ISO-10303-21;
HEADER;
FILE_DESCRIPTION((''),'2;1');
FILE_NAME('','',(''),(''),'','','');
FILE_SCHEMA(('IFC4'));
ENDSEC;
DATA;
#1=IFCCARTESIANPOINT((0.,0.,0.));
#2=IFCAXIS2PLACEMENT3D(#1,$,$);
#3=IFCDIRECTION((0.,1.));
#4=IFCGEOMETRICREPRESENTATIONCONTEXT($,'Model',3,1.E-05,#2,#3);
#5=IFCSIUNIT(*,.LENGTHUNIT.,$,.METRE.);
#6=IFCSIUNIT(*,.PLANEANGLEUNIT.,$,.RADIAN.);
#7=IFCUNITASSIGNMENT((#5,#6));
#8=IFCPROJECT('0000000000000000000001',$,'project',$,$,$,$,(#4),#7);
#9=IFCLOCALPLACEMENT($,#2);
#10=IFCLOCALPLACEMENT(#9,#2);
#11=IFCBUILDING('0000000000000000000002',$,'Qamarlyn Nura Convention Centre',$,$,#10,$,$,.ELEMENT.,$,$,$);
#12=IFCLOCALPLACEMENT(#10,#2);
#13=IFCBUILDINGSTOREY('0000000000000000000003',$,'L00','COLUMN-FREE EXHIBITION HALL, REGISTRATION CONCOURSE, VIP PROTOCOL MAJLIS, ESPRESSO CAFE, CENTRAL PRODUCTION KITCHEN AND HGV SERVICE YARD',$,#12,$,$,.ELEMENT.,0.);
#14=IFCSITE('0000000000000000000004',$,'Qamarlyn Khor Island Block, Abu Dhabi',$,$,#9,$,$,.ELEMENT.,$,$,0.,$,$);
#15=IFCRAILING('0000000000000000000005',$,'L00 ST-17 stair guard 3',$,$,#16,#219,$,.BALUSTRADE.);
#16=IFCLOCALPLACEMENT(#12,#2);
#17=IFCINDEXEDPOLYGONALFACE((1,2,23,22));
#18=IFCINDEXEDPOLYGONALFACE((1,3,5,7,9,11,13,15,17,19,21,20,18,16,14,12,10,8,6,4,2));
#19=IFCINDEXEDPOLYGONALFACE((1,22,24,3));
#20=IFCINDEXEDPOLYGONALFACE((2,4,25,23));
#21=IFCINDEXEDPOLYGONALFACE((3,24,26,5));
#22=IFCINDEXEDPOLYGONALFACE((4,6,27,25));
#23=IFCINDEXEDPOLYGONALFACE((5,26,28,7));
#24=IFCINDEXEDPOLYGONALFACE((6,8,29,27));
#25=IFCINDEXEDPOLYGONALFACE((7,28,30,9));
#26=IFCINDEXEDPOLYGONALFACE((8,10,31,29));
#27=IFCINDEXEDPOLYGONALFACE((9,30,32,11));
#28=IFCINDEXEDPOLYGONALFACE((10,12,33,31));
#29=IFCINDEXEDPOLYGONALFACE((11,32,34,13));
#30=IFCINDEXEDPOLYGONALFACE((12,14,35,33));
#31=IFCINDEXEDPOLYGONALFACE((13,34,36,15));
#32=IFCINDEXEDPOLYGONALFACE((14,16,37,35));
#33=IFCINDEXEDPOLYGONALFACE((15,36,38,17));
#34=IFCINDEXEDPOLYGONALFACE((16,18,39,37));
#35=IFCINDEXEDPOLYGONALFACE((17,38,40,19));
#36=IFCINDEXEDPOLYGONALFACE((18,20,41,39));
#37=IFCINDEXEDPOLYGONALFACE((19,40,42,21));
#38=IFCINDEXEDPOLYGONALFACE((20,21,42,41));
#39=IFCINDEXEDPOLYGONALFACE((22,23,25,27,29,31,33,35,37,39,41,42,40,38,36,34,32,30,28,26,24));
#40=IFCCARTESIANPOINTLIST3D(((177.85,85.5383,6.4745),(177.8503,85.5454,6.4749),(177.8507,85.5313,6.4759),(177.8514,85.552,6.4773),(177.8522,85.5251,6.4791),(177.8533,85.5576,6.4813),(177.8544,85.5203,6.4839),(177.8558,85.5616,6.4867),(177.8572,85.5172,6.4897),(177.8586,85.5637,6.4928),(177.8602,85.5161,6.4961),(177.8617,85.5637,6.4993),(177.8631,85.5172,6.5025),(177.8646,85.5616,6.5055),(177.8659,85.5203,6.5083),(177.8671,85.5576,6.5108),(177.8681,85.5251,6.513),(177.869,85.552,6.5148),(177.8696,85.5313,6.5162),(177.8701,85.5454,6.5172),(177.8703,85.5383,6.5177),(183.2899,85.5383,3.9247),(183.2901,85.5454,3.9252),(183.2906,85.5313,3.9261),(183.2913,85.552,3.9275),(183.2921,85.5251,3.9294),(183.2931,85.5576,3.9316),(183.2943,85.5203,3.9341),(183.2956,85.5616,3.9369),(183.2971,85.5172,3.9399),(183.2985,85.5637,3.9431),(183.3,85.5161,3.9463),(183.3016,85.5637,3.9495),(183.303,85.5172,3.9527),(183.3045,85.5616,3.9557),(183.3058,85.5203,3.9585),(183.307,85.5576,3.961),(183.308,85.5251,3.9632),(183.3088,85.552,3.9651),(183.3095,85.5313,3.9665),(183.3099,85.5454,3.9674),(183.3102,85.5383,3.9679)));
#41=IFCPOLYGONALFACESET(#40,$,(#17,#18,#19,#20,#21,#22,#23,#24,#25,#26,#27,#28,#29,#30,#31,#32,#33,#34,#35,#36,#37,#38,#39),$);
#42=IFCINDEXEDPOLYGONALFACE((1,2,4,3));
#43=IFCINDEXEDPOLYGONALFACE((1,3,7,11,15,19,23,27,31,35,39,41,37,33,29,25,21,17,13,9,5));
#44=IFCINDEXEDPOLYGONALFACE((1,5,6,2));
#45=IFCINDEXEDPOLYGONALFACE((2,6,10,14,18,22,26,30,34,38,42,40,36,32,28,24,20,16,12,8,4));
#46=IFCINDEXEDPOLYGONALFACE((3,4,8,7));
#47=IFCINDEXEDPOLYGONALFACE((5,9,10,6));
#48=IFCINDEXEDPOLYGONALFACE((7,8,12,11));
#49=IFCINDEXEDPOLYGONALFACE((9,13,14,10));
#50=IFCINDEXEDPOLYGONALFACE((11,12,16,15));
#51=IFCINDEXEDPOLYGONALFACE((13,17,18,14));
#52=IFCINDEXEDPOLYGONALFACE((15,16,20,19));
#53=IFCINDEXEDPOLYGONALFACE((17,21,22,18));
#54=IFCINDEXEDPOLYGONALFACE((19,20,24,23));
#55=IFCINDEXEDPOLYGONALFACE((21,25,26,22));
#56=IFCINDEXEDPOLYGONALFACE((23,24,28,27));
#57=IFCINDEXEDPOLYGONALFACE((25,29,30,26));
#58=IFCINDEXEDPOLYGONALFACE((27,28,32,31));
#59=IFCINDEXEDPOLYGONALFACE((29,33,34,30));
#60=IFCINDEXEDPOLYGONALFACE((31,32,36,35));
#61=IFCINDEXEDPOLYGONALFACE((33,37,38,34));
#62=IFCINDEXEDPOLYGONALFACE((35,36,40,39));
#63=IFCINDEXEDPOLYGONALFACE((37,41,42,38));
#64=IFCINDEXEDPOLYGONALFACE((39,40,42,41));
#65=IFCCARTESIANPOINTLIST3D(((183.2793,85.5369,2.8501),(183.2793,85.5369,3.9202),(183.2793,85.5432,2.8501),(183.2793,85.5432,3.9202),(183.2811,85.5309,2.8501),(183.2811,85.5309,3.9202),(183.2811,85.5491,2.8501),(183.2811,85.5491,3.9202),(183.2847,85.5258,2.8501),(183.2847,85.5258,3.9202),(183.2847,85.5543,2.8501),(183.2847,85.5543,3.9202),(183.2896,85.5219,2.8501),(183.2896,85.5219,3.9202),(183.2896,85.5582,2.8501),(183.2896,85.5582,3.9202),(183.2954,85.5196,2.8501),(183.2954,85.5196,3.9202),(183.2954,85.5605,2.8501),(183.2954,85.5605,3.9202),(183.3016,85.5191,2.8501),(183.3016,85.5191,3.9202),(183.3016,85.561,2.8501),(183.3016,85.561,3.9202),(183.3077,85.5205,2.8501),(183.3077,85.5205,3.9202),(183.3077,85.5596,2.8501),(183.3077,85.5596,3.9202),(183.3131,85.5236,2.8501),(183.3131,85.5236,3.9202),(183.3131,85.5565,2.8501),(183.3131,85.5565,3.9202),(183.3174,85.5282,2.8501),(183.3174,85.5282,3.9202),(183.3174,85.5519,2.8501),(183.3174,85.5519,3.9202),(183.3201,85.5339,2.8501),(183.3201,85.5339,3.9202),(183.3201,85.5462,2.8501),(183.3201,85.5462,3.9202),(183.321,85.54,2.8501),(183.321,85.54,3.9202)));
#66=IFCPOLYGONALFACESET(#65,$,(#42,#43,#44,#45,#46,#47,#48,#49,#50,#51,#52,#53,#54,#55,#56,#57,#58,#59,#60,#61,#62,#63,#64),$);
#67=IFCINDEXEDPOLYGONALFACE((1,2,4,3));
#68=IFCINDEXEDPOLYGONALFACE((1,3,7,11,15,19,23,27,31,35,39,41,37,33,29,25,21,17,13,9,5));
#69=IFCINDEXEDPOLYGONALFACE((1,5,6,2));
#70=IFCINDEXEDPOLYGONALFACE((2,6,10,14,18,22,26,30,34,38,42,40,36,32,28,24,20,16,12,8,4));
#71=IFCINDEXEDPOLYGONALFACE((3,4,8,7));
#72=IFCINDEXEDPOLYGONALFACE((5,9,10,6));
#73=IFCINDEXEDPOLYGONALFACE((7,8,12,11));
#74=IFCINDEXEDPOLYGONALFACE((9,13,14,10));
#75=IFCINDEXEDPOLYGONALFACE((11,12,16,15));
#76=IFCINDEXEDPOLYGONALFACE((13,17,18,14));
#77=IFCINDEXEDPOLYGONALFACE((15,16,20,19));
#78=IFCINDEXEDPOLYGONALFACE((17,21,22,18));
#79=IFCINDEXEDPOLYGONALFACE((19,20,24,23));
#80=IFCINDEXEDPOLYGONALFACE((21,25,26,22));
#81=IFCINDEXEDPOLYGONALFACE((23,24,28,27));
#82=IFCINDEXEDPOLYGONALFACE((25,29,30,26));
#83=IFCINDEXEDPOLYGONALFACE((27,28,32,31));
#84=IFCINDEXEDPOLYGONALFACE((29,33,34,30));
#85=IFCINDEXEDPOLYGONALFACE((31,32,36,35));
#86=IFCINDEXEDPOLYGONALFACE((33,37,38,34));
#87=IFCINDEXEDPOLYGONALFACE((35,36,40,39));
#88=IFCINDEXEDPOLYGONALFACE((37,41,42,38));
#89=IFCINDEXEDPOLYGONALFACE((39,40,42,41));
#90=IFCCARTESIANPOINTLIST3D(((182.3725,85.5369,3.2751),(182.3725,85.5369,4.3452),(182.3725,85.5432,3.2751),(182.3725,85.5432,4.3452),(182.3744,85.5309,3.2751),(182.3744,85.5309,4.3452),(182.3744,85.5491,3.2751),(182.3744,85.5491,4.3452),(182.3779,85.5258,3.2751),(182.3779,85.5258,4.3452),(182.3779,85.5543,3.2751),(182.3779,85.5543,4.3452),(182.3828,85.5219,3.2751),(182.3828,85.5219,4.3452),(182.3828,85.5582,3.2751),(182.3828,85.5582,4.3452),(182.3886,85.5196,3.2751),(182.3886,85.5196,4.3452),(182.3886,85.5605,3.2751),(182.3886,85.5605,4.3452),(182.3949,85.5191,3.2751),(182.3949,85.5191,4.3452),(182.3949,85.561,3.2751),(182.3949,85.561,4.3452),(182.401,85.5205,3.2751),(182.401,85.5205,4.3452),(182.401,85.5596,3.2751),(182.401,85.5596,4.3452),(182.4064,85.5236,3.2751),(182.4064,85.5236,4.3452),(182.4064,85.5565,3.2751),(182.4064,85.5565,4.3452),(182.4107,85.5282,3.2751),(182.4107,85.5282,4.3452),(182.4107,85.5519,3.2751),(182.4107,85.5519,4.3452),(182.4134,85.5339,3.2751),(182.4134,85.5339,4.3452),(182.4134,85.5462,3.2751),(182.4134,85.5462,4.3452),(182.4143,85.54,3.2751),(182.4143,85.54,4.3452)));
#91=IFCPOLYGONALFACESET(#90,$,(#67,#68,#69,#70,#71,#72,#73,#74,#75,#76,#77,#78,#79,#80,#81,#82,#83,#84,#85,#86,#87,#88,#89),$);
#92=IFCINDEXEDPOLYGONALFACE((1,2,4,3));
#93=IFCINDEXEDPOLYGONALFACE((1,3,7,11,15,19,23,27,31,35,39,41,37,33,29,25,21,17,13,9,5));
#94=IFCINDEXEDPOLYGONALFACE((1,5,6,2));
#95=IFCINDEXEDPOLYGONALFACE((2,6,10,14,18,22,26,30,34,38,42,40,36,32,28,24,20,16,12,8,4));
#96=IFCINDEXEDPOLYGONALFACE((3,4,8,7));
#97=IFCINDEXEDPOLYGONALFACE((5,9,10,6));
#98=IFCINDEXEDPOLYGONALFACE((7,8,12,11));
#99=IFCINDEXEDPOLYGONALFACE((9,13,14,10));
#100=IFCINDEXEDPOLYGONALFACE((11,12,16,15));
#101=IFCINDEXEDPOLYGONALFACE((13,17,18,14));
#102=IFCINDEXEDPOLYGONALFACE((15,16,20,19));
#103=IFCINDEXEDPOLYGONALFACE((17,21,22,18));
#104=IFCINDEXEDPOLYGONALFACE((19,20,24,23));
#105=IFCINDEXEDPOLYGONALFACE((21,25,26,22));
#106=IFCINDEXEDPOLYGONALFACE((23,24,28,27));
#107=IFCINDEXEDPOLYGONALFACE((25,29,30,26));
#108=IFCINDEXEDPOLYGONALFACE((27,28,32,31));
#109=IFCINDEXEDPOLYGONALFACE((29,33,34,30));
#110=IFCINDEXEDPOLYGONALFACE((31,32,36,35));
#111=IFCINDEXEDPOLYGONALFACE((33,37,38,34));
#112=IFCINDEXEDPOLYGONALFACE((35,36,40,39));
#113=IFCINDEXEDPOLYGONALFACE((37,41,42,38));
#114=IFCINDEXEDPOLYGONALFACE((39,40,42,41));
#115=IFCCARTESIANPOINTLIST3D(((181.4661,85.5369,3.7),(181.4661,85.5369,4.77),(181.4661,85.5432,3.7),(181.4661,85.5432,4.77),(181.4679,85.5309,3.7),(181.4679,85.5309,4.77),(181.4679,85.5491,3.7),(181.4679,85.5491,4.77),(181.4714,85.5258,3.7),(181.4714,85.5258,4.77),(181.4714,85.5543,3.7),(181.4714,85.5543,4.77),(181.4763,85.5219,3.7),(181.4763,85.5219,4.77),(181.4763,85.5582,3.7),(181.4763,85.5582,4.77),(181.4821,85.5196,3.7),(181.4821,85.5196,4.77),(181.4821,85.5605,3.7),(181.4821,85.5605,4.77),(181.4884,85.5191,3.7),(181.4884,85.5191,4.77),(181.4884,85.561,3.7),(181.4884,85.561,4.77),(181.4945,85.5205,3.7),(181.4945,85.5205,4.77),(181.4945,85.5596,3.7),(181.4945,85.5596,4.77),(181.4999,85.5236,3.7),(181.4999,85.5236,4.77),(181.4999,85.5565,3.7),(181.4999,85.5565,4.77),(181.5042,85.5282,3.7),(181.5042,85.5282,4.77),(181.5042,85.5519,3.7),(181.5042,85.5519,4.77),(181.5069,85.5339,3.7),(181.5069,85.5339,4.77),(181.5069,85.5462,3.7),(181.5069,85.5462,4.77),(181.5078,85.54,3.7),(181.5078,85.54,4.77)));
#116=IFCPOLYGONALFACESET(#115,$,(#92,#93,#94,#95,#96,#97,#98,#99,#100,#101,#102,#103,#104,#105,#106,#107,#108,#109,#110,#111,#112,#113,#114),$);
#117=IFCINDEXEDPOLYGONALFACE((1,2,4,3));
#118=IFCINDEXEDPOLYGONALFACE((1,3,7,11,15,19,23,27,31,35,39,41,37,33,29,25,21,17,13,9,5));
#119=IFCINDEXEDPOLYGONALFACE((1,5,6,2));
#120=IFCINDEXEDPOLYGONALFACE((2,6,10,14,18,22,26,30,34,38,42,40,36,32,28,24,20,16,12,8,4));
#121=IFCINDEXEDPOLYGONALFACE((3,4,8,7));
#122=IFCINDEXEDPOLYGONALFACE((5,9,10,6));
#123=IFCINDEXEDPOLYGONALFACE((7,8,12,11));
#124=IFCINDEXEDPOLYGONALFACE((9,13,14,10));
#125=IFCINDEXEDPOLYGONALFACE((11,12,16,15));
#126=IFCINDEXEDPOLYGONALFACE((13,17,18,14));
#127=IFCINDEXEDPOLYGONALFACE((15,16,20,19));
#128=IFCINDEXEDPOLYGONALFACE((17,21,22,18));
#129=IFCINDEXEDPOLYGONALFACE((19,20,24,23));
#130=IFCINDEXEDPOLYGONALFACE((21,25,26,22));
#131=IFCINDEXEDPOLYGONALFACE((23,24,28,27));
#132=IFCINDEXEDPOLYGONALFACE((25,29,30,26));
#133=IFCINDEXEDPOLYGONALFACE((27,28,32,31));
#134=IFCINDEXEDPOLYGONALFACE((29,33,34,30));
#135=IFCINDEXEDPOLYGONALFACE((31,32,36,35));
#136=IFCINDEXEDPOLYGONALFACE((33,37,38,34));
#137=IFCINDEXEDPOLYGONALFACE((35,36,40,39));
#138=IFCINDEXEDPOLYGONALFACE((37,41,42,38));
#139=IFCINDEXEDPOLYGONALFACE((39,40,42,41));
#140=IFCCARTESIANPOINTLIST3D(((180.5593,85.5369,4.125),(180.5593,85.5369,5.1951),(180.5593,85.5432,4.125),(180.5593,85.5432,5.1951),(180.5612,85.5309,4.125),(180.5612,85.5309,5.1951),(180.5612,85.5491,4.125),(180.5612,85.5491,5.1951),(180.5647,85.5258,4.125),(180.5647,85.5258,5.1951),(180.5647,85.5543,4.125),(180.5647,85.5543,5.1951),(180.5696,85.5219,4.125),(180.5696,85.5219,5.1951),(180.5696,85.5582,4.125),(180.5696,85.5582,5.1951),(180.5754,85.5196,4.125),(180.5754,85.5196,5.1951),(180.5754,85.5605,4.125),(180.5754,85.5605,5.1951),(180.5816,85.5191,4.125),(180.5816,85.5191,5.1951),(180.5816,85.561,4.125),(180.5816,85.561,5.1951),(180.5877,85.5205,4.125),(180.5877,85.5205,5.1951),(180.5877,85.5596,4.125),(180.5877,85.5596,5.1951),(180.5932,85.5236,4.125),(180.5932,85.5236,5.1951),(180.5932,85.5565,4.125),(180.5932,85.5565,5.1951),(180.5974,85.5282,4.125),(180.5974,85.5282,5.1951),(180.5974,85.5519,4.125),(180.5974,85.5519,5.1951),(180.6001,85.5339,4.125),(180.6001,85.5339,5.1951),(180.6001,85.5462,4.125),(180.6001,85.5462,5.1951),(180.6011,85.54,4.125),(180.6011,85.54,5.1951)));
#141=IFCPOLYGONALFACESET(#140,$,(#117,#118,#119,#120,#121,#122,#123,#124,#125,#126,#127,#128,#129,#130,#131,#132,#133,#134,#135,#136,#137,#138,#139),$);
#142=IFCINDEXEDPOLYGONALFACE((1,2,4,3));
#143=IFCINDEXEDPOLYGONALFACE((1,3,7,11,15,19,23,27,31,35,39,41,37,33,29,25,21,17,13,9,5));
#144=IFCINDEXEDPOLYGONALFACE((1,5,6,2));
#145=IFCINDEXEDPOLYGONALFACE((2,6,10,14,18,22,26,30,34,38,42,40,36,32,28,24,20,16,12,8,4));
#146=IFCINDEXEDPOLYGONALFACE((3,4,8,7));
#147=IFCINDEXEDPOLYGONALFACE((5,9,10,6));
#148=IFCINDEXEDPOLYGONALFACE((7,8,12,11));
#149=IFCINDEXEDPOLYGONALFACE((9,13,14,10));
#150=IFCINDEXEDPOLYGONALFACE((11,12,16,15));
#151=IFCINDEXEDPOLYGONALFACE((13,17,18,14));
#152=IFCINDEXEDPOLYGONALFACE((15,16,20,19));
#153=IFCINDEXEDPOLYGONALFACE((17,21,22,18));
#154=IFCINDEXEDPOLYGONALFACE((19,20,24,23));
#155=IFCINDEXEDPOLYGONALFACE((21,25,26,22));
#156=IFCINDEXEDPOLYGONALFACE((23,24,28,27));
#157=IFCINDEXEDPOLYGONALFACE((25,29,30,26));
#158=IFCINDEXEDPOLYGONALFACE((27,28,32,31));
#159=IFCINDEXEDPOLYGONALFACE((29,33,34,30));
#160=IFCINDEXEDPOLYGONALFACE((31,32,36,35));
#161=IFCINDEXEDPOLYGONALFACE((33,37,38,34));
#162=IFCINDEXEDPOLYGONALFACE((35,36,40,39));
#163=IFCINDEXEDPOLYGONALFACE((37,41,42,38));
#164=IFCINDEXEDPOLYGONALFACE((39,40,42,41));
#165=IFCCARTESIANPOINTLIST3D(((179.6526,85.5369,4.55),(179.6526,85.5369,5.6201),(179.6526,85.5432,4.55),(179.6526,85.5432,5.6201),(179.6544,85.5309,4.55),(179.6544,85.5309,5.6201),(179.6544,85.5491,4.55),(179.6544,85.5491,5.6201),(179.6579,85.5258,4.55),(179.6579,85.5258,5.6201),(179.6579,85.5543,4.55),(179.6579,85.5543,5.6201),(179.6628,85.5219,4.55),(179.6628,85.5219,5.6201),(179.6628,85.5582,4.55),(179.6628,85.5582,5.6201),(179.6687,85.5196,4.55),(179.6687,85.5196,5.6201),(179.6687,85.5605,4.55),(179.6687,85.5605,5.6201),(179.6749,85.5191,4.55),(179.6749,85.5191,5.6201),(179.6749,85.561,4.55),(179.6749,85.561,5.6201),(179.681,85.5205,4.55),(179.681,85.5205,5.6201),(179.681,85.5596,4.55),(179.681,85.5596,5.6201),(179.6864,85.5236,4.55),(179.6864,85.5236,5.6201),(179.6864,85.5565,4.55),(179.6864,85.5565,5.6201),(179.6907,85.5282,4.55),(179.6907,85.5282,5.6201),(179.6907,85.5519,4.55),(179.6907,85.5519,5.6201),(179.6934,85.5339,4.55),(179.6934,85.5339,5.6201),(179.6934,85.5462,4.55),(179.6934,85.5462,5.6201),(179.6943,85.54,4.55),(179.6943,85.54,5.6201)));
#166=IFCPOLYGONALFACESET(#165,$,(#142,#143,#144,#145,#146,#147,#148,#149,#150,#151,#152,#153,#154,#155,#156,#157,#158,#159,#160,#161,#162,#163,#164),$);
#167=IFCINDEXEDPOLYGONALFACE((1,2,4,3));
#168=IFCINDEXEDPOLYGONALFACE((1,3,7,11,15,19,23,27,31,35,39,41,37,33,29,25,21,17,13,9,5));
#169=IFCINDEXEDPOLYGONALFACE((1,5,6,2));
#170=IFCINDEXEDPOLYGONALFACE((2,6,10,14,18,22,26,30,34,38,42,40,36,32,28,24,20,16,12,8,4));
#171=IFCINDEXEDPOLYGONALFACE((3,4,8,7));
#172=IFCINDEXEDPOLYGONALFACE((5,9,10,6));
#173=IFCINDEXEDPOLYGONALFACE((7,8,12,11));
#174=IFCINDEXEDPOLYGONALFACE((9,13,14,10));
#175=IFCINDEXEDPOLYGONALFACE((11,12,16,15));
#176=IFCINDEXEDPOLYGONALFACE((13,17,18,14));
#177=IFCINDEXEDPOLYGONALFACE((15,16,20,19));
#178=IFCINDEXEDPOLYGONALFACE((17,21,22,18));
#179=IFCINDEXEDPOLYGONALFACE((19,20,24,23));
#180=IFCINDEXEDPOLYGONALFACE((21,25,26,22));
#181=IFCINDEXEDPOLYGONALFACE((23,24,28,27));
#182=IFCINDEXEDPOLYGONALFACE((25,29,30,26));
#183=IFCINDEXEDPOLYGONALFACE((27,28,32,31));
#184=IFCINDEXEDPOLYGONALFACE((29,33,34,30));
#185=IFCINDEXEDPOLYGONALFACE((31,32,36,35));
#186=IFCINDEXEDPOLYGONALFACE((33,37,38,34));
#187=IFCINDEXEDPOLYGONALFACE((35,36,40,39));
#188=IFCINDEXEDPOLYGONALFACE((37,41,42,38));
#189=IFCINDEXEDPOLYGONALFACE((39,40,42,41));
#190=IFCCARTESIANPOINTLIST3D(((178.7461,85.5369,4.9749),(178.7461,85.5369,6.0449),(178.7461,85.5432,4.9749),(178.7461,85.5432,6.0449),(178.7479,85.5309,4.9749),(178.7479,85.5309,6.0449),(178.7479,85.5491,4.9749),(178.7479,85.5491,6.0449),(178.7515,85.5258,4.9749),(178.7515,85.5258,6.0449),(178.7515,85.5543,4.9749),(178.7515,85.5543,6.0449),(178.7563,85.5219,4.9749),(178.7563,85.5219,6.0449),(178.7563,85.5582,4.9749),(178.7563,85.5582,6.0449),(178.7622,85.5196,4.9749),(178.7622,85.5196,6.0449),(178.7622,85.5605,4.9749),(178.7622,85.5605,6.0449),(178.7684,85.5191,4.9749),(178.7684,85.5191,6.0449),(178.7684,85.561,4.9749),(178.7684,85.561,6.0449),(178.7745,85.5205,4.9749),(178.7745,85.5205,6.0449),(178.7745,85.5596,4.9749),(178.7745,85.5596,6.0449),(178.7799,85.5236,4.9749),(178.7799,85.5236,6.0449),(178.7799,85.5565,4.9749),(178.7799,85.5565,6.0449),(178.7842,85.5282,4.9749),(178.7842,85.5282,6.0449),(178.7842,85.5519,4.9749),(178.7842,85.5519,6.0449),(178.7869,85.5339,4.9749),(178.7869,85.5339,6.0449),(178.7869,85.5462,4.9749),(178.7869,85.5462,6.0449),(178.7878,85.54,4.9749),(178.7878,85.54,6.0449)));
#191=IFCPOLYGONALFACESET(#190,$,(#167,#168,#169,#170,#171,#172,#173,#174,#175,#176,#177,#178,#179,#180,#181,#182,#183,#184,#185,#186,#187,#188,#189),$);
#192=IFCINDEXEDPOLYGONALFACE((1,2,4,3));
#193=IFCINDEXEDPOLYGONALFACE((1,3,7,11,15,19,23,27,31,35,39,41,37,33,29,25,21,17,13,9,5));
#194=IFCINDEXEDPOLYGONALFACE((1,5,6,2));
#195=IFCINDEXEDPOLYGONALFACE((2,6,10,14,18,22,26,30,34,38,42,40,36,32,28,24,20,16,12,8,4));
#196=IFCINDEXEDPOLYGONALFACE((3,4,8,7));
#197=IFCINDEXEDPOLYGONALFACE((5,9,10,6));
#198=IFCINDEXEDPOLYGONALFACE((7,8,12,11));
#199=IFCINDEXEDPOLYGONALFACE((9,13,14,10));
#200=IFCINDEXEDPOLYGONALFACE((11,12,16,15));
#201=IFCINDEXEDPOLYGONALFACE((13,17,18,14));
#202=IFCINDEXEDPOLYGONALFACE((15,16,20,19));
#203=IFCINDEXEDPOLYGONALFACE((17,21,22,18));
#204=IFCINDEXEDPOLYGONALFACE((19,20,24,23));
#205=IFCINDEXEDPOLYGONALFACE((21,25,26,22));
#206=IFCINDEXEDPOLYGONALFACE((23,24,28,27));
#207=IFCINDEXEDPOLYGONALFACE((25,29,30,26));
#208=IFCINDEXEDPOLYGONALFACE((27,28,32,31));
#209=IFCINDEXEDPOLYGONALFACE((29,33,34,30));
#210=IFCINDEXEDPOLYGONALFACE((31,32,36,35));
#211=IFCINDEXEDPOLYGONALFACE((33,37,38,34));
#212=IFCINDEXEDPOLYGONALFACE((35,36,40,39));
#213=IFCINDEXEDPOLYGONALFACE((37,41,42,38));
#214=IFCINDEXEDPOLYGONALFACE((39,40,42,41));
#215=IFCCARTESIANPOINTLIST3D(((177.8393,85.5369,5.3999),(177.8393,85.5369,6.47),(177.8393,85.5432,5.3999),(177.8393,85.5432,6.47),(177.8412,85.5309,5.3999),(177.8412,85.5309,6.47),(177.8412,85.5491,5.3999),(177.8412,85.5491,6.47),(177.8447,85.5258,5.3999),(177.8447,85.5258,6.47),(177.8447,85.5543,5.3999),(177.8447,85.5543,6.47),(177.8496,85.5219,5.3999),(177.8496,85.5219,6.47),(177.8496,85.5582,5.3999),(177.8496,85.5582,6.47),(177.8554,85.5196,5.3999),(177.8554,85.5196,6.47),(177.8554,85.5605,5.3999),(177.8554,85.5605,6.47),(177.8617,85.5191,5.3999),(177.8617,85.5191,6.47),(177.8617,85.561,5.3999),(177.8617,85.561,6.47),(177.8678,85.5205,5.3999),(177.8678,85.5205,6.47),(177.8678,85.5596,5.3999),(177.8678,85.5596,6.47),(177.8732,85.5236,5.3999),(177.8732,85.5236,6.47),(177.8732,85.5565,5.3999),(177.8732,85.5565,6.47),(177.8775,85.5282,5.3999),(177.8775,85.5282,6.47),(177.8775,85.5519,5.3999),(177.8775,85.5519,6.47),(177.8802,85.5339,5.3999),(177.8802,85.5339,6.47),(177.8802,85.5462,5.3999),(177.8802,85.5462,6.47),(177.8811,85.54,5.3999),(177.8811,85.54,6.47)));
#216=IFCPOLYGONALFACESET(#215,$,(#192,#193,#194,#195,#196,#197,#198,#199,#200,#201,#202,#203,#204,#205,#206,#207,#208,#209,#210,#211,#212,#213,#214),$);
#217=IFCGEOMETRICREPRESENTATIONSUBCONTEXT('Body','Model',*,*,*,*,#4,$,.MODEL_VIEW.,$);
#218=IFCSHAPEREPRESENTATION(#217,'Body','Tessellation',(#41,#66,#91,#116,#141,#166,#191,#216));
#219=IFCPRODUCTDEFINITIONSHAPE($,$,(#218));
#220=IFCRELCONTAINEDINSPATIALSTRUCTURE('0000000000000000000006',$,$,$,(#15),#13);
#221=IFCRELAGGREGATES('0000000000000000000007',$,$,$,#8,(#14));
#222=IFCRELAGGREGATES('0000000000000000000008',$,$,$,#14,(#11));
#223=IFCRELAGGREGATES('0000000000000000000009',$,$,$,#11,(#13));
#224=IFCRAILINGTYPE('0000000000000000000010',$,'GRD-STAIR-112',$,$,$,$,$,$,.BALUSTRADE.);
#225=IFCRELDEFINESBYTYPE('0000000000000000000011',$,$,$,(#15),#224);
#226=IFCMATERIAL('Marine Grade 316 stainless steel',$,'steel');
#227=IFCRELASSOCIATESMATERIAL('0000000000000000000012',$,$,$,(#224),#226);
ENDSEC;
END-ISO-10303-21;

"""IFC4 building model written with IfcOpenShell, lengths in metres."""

from ifc_helpers import new_model, si_unit, direction, frame, origin, origin_2d, place, context, subcontext, project, spatial, circle, extrude, material, type_object, element, save


model = new_model("IFC4")

# Units and contexts
model_context = context("Model", 3, precision=1e-05, world=origin(), true_north=direction((0.0, 1.0)))
body_context = subcontext(model_context, "Body", "Model", "MODEL_VIEW")
ifc_project = project(units=[si_unit("LENGTHUNIT", "METRE"), si_unit("PLANEANGLEUNIT", "RADIAN")], contexts=[model_context])

# Site, building, storey
site_placement = place(None, origin())
site = spatial("IfcSite", under=ifc_project, at=site_placement, Name="Qamarlyn Khor Island Block, Abu Dhabi", CompositionType="ELEMENT", RefElevation=0.0)
building_placement = place(site_placement, origin())
building = spatial("IfcBuilding", under=site, at=building_placement, Name="Qamarlyn Nura Convention Centre", CompositionType="ELEMENT")
storey_placement = place(building_placement, origin())
storey = spatial("IfcBuildingStorey", under=building, at=storey_placement, Name="L00", Description="COLUMN-FREE EXHIBITION HALL, REGISTRATION CONCOURSE, VIP PROTOCOL MAJLIS, ESPRESSO CAFE, CENTRAL PRODUCTION KITCHEN AND HGV SERVICE YARD", CompositionType="ELEMENT", Elevation=0.0)

# Railing
ifc_material_1 = material(Name="Marine Grade 316 stainless steel", Category="steel")
railing_type_1 = type_object("IfcRailingType", Name="GRD-STAIR-112", PredefinedType="BALUSTRADE", material=ifc_material_1)
railing_1_placement = place(storey_placement, frame((183.3, 85.54, 2.8501)))
element("IfcRailing", 1, at=railing_1_placement, inside=storey, type_object=railing_type_1, Name="L00 ST-17 stair guard 3", PredefinedType="BALUSTRADE", context=body_context, shape_type="SweptSolid", body=[
    extrude(circle(Radius=0.0239, at=origin_2d()), frame((0.0, 0.0, 1.0962), z_axis=(-0.90547, 0.0, 0.424411), x_axis=(0.0, -1.0, 0.0)), (0.0, 0.0, 1.0), 6.0078),
    extrude(circle(Radius=0.021, at=origin_2d()), origin(), (0.0, 0.0, 1.0), 1.0701),
    extrude(circle(Radius=0.021, at=origin_2d()), frame((-0.9067, 0.0, 0.425)), (0.0, 0.0, 1.0), 1.0701),
    extrude(circle(Radius=0.021, at=origin_2d()), frame((-1.8132, 0.0, 0.8499)), (0.0, 0.0, 1.0), 1.0701),
    extrude(circle(Radius=0.021, at=origin_2d()), frame((-2.72, 0.0, 1.2749)), (0.0, 0.0, 1.0), 1.0701),
    extrude(circle(Radius=0.021, at=origin_2d()), frame((-3.6267, 0.0, 1.7)), (0.0, 0.0, 1.0), 1.0701),
    extrude(circle(Radius=0.021, at=origin_2d()), frame((-4.5332, 0.0, 2.1248)), (0.0, 0.0, 1.0), 1.0701),
    extrude(circle(Radius=0.021, at=origin_2d()), frame((-5.4399, 0.0, 2.5498)), (0.0, 0.0, 1.0), 1.0701),
])

save(model, "model.ifc")
